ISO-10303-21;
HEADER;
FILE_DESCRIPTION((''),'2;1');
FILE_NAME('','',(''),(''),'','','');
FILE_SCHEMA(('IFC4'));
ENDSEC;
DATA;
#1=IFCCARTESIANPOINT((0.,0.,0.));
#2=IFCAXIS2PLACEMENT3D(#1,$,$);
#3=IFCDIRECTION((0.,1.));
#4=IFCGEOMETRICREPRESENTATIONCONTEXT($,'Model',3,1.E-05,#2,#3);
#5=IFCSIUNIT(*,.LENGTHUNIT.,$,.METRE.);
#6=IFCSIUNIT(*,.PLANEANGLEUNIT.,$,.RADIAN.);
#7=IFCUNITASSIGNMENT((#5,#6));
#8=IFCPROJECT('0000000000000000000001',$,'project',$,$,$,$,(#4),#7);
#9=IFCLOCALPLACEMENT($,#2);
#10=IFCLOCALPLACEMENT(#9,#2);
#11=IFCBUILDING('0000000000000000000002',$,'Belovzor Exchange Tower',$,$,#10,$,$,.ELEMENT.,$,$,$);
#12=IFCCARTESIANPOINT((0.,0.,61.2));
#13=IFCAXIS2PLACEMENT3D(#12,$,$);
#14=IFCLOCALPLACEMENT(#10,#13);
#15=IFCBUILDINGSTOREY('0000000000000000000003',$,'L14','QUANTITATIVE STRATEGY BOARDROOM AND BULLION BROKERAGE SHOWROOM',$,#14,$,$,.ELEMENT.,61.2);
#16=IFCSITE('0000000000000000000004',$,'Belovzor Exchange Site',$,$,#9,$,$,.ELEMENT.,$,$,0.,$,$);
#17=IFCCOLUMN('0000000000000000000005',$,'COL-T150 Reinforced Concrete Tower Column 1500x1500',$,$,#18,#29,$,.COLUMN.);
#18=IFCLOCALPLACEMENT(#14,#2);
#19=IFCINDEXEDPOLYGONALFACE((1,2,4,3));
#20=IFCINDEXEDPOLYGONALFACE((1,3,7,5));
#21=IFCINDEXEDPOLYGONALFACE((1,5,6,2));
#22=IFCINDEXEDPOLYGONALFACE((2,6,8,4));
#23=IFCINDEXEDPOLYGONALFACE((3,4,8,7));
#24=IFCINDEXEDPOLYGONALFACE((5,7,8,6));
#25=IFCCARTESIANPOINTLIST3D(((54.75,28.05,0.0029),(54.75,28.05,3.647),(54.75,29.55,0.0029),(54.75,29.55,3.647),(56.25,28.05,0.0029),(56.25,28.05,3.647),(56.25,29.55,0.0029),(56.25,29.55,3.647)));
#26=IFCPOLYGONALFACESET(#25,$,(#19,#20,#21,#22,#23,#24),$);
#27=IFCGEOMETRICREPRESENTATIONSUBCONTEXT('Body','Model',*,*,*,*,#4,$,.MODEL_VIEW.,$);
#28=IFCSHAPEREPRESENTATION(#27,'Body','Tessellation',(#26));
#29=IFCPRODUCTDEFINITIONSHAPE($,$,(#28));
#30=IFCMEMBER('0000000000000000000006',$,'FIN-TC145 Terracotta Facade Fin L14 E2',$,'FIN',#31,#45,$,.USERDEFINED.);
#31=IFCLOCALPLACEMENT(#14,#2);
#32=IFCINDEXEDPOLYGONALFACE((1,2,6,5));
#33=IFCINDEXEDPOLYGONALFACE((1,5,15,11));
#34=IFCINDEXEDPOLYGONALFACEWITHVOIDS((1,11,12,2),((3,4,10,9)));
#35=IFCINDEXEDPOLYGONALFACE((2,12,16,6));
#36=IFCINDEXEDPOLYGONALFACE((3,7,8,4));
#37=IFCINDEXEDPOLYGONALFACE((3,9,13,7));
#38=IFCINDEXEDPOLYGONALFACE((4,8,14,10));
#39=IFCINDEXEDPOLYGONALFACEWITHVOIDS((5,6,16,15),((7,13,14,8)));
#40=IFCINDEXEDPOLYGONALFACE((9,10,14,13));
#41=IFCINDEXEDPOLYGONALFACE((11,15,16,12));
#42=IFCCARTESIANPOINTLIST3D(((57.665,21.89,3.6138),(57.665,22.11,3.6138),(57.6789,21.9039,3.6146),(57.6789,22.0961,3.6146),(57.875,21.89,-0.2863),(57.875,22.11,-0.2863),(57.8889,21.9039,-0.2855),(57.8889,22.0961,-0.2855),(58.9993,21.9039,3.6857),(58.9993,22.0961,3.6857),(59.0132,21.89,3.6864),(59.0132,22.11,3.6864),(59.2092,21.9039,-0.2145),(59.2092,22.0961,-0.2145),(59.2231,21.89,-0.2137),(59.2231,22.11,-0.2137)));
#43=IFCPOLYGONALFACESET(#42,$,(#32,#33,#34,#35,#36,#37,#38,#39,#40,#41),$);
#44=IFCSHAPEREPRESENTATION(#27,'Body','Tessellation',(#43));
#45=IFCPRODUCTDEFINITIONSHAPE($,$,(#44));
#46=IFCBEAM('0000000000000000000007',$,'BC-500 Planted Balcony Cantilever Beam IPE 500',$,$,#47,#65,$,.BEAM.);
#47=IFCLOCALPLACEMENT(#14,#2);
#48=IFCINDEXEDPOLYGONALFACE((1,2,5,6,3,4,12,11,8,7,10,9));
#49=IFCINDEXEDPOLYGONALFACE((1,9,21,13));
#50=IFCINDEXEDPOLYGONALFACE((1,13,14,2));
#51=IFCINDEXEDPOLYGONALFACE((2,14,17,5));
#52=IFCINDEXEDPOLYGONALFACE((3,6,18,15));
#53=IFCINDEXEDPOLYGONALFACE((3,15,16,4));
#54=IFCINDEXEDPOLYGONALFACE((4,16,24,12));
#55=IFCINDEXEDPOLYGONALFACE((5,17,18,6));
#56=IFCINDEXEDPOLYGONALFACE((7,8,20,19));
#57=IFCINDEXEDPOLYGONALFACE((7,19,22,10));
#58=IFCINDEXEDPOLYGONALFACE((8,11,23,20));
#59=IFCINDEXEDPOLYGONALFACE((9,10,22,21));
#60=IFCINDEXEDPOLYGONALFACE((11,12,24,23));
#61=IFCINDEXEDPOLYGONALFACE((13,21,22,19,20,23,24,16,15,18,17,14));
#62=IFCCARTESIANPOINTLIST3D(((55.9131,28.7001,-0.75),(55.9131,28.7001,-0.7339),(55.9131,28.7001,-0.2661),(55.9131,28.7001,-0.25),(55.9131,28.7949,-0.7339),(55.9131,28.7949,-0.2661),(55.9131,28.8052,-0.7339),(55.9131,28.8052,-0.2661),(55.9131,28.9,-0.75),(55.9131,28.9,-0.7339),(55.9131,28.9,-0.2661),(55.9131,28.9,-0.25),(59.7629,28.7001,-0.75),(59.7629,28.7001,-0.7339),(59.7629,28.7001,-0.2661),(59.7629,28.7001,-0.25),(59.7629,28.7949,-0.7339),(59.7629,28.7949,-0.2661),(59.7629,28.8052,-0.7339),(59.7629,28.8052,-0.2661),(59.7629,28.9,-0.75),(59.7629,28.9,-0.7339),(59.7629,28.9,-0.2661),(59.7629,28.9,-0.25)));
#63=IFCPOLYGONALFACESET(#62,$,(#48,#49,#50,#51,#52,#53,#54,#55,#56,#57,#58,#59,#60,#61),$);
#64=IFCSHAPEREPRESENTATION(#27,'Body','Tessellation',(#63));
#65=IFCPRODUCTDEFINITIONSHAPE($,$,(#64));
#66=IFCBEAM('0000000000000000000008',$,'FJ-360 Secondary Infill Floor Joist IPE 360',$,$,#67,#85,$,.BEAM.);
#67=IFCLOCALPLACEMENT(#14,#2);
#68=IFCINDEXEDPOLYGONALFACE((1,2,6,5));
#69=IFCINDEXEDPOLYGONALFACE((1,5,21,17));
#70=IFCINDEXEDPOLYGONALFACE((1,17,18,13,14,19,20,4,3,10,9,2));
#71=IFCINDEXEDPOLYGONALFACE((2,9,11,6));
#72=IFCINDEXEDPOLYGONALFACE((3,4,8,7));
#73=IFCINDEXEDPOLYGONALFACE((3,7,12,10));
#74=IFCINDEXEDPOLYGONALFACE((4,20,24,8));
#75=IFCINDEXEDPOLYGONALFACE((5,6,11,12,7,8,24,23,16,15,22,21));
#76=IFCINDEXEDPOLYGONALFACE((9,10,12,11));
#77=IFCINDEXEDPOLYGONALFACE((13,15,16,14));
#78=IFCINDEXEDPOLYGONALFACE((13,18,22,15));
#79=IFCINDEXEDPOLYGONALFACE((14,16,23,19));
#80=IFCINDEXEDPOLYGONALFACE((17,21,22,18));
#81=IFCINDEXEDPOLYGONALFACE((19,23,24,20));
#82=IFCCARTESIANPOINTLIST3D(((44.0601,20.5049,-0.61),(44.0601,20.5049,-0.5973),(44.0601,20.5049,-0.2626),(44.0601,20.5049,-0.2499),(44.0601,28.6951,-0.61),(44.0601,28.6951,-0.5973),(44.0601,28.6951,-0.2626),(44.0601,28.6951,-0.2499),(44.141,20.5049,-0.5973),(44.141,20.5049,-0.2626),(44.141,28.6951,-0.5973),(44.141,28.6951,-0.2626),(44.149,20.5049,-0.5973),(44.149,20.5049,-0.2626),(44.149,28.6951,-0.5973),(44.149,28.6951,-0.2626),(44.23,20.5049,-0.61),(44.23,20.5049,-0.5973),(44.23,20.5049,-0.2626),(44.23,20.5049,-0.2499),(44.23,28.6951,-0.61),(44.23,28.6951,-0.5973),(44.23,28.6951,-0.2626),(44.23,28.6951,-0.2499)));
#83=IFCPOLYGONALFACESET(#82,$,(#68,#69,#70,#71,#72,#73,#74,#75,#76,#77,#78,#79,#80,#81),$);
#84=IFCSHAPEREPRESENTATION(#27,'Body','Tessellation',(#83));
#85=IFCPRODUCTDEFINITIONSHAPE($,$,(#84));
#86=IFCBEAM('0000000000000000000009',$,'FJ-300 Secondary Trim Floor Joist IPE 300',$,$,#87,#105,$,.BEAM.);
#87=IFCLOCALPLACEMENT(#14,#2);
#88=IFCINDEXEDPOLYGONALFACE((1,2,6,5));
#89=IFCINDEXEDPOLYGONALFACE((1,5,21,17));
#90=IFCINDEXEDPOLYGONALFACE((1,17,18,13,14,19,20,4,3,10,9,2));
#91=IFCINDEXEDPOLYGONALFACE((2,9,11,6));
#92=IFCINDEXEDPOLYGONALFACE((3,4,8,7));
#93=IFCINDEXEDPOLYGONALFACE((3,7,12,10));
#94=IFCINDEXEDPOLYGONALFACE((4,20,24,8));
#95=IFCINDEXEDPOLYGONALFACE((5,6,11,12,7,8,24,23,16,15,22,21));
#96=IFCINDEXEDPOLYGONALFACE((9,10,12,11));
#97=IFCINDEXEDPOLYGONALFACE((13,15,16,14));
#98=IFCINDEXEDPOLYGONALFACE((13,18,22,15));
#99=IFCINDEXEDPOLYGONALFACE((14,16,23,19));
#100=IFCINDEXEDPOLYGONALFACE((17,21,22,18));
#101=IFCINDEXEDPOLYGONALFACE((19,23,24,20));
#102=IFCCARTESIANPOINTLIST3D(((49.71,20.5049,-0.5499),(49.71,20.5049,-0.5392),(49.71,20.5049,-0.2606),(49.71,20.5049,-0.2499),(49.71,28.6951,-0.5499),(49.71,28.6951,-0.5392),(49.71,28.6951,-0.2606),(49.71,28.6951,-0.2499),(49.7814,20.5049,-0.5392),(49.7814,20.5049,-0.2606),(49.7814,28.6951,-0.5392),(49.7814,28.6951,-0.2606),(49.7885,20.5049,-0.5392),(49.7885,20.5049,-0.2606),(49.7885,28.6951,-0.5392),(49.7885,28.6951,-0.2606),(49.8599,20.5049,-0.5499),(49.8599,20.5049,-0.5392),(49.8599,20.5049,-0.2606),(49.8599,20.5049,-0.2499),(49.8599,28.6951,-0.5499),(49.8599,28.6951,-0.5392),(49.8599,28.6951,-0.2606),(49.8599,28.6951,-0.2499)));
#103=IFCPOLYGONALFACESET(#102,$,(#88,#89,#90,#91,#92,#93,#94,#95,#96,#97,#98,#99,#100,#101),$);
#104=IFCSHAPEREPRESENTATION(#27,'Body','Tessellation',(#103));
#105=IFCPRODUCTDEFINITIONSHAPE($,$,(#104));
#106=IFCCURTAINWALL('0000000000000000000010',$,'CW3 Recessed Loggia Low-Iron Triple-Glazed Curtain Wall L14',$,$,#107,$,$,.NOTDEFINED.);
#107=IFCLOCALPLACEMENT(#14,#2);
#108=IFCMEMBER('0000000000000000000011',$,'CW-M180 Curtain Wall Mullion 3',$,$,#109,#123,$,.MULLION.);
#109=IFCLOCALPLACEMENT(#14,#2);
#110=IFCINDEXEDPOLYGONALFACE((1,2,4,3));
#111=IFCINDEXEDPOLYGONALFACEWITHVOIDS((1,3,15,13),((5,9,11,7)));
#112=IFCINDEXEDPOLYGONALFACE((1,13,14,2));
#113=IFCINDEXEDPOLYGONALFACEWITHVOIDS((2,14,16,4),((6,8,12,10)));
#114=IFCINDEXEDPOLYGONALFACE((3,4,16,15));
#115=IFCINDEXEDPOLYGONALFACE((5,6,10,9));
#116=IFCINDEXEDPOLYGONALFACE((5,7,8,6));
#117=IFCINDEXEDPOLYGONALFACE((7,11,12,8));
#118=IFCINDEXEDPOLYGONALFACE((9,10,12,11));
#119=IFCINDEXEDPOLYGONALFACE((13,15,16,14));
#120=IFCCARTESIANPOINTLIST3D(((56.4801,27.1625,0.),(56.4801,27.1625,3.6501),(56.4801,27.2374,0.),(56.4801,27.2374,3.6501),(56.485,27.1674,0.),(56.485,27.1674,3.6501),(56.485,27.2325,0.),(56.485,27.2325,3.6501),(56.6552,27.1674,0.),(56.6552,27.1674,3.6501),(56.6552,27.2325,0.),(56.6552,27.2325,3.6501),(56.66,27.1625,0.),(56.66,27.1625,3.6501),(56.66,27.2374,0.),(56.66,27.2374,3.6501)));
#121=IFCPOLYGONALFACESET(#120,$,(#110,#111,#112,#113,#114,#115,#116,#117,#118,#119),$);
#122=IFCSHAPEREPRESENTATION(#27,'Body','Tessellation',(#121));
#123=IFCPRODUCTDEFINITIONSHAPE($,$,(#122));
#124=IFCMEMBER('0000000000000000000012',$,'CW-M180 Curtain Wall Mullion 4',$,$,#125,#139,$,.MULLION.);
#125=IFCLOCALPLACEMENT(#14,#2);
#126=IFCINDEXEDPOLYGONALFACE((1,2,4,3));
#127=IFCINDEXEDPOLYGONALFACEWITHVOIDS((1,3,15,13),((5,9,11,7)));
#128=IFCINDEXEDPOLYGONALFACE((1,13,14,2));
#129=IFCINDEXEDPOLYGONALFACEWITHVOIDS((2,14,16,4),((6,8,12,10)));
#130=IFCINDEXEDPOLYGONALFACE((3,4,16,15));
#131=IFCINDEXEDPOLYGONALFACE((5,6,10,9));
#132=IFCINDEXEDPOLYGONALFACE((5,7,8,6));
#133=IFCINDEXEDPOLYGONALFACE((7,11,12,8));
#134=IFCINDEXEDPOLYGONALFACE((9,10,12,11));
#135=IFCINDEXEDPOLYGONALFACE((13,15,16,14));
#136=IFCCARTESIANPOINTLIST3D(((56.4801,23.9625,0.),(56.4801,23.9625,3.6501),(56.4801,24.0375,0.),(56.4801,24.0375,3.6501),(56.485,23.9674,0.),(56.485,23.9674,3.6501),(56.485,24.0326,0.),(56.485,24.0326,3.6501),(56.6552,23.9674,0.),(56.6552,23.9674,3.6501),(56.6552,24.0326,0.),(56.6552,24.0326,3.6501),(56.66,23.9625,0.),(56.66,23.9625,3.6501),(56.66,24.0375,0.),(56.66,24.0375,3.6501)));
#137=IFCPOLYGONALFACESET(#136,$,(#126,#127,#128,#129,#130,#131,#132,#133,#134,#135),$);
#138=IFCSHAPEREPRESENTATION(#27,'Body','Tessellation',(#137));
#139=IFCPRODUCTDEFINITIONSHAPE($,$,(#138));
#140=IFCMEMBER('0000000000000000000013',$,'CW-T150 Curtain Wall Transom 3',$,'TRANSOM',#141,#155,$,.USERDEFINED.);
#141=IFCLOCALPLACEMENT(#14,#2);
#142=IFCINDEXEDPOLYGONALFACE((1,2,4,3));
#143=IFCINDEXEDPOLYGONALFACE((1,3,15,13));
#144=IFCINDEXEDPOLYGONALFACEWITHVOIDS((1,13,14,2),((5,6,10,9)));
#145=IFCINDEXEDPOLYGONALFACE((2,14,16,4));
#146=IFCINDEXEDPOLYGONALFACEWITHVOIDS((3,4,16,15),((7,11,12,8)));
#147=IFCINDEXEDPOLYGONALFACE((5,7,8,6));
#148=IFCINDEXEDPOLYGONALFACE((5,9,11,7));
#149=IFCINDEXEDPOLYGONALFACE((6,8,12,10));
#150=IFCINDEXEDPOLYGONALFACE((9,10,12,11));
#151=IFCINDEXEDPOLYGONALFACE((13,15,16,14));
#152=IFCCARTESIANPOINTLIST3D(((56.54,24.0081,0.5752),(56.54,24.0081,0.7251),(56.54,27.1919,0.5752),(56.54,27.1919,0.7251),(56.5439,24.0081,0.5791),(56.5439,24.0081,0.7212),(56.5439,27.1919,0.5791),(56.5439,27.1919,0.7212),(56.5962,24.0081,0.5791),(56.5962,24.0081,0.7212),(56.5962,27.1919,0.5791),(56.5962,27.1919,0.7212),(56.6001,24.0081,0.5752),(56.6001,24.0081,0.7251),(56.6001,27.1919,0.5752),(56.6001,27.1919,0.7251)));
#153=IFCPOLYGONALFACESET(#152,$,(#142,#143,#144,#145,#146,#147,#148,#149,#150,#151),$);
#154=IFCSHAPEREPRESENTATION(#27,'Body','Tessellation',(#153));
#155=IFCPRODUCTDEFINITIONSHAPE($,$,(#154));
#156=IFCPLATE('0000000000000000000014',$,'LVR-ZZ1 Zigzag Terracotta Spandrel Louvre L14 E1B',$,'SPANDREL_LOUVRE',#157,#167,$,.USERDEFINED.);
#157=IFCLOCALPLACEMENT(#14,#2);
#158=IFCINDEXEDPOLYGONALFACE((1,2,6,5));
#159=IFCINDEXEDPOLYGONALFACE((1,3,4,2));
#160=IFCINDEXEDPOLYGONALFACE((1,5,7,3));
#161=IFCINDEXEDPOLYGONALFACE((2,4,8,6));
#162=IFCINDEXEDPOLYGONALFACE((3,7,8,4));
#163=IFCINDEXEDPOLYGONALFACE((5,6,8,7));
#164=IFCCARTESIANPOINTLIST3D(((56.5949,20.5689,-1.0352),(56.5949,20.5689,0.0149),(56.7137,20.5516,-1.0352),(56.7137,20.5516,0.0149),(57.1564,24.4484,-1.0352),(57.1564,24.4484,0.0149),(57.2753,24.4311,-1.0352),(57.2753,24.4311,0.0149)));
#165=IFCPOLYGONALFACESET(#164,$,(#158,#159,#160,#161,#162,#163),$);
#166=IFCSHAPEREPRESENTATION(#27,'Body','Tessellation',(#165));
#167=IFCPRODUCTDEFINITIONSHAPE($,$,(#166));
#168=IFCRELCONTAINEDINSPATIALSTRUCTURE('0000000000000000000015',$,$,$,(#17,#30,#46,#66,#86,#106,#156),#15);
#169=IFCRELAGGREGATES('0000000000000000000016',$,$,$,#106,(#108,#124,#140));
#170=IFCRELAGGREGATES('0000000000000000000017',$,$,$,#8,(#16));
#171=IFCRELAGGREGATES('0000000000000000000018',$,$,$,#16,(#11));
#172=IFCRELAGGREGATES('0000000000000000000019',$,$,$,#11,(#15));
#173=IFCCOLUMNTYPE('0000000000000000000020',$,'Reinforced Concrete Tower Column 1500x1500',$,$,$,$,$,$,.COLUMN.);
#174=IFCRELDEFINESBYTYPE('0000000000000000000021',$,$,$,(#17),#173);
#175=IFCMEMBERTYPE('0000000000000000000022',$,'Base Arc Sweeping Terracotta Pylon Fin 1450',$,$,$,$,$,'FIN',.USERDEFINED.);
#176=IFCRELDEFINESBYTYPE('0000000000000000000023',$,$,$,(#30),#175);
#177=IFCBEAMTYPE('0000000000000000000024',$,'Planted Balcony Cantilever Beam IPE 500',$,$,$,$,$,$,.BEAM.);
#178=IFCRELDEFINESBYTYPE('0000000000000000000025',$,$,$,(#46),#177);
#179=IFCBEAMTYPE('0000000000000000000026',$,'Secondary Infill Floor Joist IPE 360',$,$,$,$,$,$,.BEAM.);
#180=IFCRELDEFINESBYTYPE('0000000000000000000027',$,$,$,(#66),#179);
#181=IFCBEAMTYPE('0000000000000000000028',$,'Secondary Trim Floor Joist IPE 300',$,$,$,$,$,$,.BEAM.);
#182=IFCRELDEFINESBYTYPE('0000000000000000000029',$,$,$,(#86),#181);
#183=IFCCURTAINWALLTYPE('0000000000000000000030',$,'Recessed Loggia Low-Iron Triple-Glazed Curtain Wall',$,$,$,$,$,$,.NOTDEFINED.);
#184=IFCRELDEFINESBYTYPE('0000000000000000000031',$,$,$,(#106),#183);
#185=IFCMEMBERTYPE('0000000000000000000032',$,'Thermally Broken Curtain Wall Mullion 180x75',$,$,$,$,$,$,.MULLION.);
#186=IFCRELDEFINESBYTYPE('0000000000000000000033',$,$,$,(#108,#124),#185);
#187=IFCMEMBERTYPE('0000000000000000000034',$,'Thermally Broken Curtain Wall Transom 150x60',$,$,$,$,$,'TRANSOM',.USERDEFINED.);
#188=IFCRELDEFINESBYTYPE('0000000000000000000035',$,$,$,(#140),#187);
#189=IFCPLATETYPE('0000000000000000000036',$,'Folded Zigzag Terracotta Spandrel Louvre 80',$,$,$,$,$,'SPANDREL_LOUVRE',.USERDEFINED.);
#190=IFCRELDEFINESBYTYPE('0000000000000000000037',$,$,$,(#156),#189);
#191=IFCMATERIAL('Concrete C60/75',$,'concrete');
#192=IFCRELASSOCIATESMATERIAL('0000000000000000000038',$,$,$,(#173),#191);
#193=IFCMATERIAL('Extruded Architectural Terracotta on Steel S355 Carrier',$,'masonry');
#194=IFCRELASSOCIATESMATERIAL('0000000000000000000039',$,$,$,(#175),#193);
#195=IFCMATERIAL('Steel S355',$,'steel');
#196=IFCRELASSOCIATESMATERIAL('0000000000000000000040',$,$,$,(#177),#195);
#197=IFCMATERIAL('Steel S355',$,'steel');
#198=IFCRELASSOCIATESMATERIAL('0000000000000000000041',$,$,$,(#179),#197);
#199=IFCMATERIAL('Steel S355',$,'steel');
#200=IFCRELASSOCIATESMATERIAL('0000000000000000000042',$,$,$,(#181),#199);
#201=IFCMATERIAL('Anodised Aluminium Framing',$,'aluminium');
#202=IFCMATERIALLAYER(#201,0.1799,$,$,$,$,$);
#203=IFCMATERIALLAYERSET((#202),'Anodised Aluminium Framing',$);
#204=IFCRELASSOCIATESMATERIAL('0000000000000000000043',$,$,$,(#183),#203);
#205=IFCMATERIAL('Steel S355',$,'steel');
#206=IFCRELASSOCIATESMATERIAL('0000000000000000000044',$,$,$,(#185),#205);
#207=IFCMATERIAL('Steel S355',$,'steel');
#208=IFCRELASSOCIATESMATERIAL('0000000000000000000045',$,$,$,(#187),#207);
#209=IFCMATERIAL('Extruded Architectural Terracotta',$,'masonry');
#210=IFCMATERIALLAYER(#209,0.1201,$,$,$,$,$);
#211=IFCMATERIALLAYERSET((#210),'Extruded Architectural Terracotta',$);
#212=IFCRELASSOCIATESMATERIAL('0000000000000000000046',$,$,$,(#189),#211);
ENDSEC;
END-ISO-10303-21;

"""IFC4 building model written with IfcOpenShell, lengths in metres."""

from ifc_helpers import new_model, si_unit, direction, frame, origin, origin_2d, place, context, subcontext, project, spatial, rectangle, hollow_rectangle, i_section, extrude, material, layer, layer_set, material_profile, profile_set, type_object, element, aggregate, save


model = new_model("IFC4")

# Units and contexts
model_context = context("Model", 3, precision=1e-05, world=origin(), true_north=direction((0.0, 1.0)))
body_context = subcontext(model_context, "Body", "Model", "MODEL_VIEW")
ifc_project = project(units=[si_unit("LENGTHUNIT", "METRE"), si_unit("PLANEANGLEUNIT", "RADIAN")], contexts=[model_context])

# Site, building, storey
site_placement = place(None, origin())
site = spatial("IfcSite", under=ifc_project, at=site_placement, Name="Belovzor Exchange Site", CompositionType="ELEMENT", RefElevation=0.0)
building_placement = place(site_placement, origin())
building = spatial("IfcBuilding", under=site, at=building_placement, Name="Belovzor Exchange Tower", CompositionType="ELEMENT")
storey_placement = place(building_placement, frame((0.0, 0.0, 61.2)))
storey = spatial("IfcBuildingStorey", under=building, at=storey_placement, Name="L14", Description="QUANTITATIVE STRATEGY BOARDROOM AND BULLION BROKERAGE SHOWROOM", CompositionType="ELEMENT", Elevation=61.2)

# Column
ifc_material_1 = material(Name="Concrete C60/75", Category="concrete")
ifc_material_profile_1 = material_profile(ifc_material_1, rectangle(XDim=1.5, YDim=1.5, at=origin_2d()))
ifc_profile_set_1 = profile_set([ifc_material_profile_1], Name="Concrete C60/75")
column_type = type_object("IfcColumnType", Name="Reinforced Concrete Tower Column 1500x1500", PredefinedType="COLUMN", material=ifc_profile_set_1)
column_placement = place(storey_placement, frame((55.5, 28.8, 0.0029), z_axis=(0.0, 0.0, 1.0), x_axis=(1.0, 0.0, 0.0)))
element("IfcColumn", 1, at=column_placement, inside=storey, type_object=column_type, Name="COL-T150 Reinforced Concrete Tower Column 1500x1500", PredefinedType="COLUMN", context=body_context, shape_type="SweptSolid", body=[
    extrude(rectangle(XDim=1.5, YDim=1.5, at=origin_2d()), origin(), (0.0, 0.0, 1.0), 3.644),
])

# Member
ifc_material_2 = material(Name="Extruded Architectural Terracotta on Steel S355 Carrier", Category="masonry")
ifc_material_profile_2 = material_profile(ifc_material_2, hollow_rectangle(XDim=0.22, YDim=1.3501, WallThickness=0.0139, at=origin_2d()))
ifc_profile_set_2 = profile_set([ifc_material_profile_2], Name="Extruded Architectural Terracotta on Steel S355 Carrier")
member_type_1 = type_object("IfcMemberType", Name="Base Arc Sweeping Terracotta Pylon Fin 1450", ElementType="FIN", PredefinedType="USERDEFINED", material=ifc_profile_set_2)
member_1_placement = place(storey_placement, frame((58.5491, 22.0, -0.25), z_axis=(-0.053756, 0.0, 0.998554), x_axis=(0.0, -1.0, 0.0)))
element("IfcMember", 2, at=member_1_placement, inside=storey, type_object=member_type_1, Name="FIN-TC145 Terracotta Facade Fin L14 E2", ObjectType="FIN", PredefinedType="USERDEFINED", context=body_context, shape_type="SweptSolid", body=[
    extrude(hollow_rectangle(XDim=0.22, YDim=1.3501, WallThickness=0.0139, at=origin_2d()), origin(), (0.0, 0.0, 1.0), 3.9058),
])

# Beams
ifc_material_3 = material(Name="Steel S355", Category="steel")
ifc_material_profile_3 = material_profile(ifc_material_3, i_section(OverallWidth=0.2, OverallDepth=0.5, WebThickness=0.0103, FlangeThickness=0.0161, at=origin_2d()))
ifc_profile_set_3 = profile_set([ifc_material_profile_3], Name="Steel S355")
beam_type_1 = type_object("IfcBeamType", Name="Planted Balcony Cantilever Beam IPE 500", PredefinedType="BEAM", material=ifc_profile_set_3)
beam_1_placement = place(storey_placement, frame((55.9131, 28.8, -0.5), z_axis=(1.0, 0.0, 0.0), x_axis=(0.0, 1.0, 0.0)))
element("IfcBeam", 3, at=beam_1_placement, inside=storey, type_object=beam_type_1, Name="BC-500 Planted Balcony Cantilever Beam IPE 500", PredefinedType="BEAM", context=body_context, shape_type="SweptSolid", body=[
    extrude(i_section(OverallWidth=0.2, OverallDepth=0.5, WebThickness=0.0103, FlangeThickness=0.0161, at=origin_2d()), origin(), (0.0, 0.0, 1.0), 3.8499),
])
ifc_material_4 = material(Name="Steel S355", Category="steel")
ifc_material_profile_4 = material_profile(ifc_material_4, i_section(OverallWidth=0.1699, OverallDepth=0.3601, WebThickness=0.0081, FlangeThickness=0.0127, at=origin_2d()))
ifc_profile_set_4 = profile_set([ifc_material_profile_4], Name="Steel S355")
beam_type_2 = type_object("IfcBeamType", Name="Secondary Infill Floor Joist IPE 360", PredefinedType="BEAM", material=ifc_profile_set_4)
beam_2_placement = place(storey_placement, frame((44.145, 20.5049, -0.4299), z_axis=(0.0, 1.0, 0.0), x_axis=(-1.0, 0.0, 0.0)))
element("IfcBeam", 4, at=beam_2_placement, inside=storey, type_object=beam_type_2, Name="FJ-360 Secondary Infill Floor Joist IPE 360", PredefinedType="BEAM", context=body_context, shape_type="SweptSolid", body=[
    extrude(i_section(OverallWidth=0.1699, OverallDepth=0.3601, WebThickness=0.0081, FlangeThickness=0.0127, at=origin_2d()), origin(), (0.0, 0.0, 1.0), 8.1902),
])
ifc_material_5 = material(Name="Steel S355", Category="steel")
ifc_material_profile_5 = material_profile(ifc_material_5, i_section(OverallWidth=0.1499, OverallDepth=0.3, WebThickness=0.0071, FlangeThickness=0.0107, at=origin_2d()))
ifc_profile_set_5 = profile_set([ifc_material_profile_5], Name="Steel S355")
beam_type_3 = type_object("IfcBeamType", Name="Secondary Trim Floor Joist IPE 300", PredefinedType="BEAM", material=ifc_profile_set_5)
beam_3_placement = place(storey_placement, frame((49.7849, 20.5049, -0.3999), z_axis=(0.0, 1.0, 0.0), x_axis=(-1.0, 0.0, 0.0)))
element("IfcBeam", 5, at=beam_3_placement, inside=storey, type_object=beam_type_3, Name="FJ-300 Secondary Trim Floor Joist IPE 300", PredefinedType="BEAM", context=body_context, shape_type="SweptSolid", body=[
    extrude(i_section(OverallWidth=0.1499, OverallDepth=0.3, WebThickness=0.0071, FlangeThickness=0.0107, at=origin_2d()), origin(), (0.0, 0.0, 1.0), 8.1902),
])

# Curtain wall, members
ifc_material_6 = material(Name="Anodised Aluminium Framing", Category="aluminium")
ifc_layer_1 = layer(ifc_material_6, 0.1799)
ifc_layer_set_1 = layer_set([ifc_layer_1], Name="Anodised Aluminium Framing")
curtain_wall_type = type_object("IfcCurtainWallType", Name="Recessed Loggia Low-Iron Triple-Glazed Curtain Wall", PredefinedType="NOTDEFINED", material=ifc_layer_set_1)
curtain_wall_placement = place(storey_placement, origin())
curtain_wall = element("IfcCurtainWall", 6, at=curtain_wall_placement, inside=storey, type_object=curtain_wall_type, Name="CW3 Recessed Loggia Low-Iron Triple-Glazed Curtain Wall L14", PredefinedType="NOTDEFINED")
ifc_material_7 = material(Name="Steel S355", Category="steel")
ifc_material_profile_6 = material_profile(ifc_material_7, hollow_rectangle(XDim=0.075, YDim=0.1799, WallThickness=0.0049, at=origin_2d()))
ifc_profile_set_6 = profile_set([ifc_material_profile_6], Name="Steel S355")
member_type_2 = type_object("IfcMemberType", Name="Thermally Broken Curtain Wall Mullion 180x75", PredefinedType="MULLION", material=ifc_profile_set_6)
member_2_placement = place(storey_placement, frame((56.5701, 27.2, 0.0), z_axis=(0.0, 0.0, 1.0), x_axis=(0.0, -1.0, 0.0)))
member_2 = element("IfcMember", 7, at=member_2_placement, type_object=member_type_2, Name="CW-M180 Curtain Wall Mullion 3", PredefinedType="MULLION", context=body_context, shape_type="SweptSolid", body=[
    extrude(hollow_rectangle(XDim=0.075, YDim=0.1799, WallThickness=0.0049, at=origin_2d()), origin(), (0.0, 0.0, 1.0), 3.6501),
])
member_3_placement = place(storey_placement, frame((56.5701, 24.0, 0.0), z_axis=(0.0, 0.0, 1.0), x_axis=(0.0, -1.0, 0.0)))
member_3 = element("IfcMember", 8, at=member_3_placement, type_object=member_type_2, Name="CW-M180 Curtain Wall Mullion 4", PredefinedType="MULLION", context=body_context, shape_type="SweptSolid", body=[
    extrude(hollow_rectangle(XDim=0.075, YDim=0.1799, WallThickness=0.0049, at=origin_2d()), origin(), (0.0, 0.0, 1.0), 3.6501),
])
ifc_material_8 = material(Name="Steel S355", Category="steel")
ifc_material_profile_7 = material_profile(ifc_material_8, hollow_rectangle(XDim=0.0601, YDim=0.1499, WallThickness=0.0039, at=origin_2d()))
ifc_profile_set_7 = profile_set([ifc_material_profile_7], Name="Steel S355")
member_type_3 = type_object("IfcMemberType", Name="Thermally Broken Curtain Wall Transom 150x60", ElementType="TRANSOM", PredefinedType="USERDEFINED", material=ifc_profile_set_7)
member_4_placement = place(storey_placement, frame((56.5701, 27.1919, 0.6501), z_axis=(0.0, -1.0, 0.0), x_axis=(1.0, 0.0, 0.0)))
member_4 = element("IfcMember", 9, at=member_4_placement, type_object=member_type_3, Name="CW-T150 Curtain Wall Transom 3", ObjectType="TRANSOM", PredefinedType="USERDEFINED", context=body_context, shape_type="SweptSolid", body=[
    extrude(hollow_rectangle(XDim=0.0601, YDim=0.1499, WallThickness=0.0039, at=origin_2d()), origin(), (0.0, 0.0, 1.0), 3.1838),
])

# Plate
ifc_material_9 = material(Name="Extruded Architectural Terracotta", Category="masonry")
ifc_layer_2 = layer(ifc_material_9, 0.1201)
ifc_layer_set_2 = layer_set([ifc_layer_2], Name="Extruded Architectural Terracotta")
plate_type_1 = type_object("IfcPlateType", Name="Folded Zigzag Terracotta Spandrel Louvre 80", ElementType="SPANDREL_LOUVRE", PredefinedType="USERDEFINED", material=ifc_layer_set_2)
plate_1_placement = place(storey_placement, frame((56.9351, 22.5, -1.0352), z_axis=(0.0, 0.0, 1.0), x_axis=(0.143251, 0.989686, 0.0)))
element("IfcPlate", 10, at=plate_1_placement, inside=storey, type_object=plate_type_1, Name="LVR-ZZ1 Zigzag Terracotta Spandrel Louvre L14 E1B", ObjectType="SPANDREL_LOUVRE", PredefinedType="USERDEFINED", context=body_context, shape_type="SweptSolid", body=[
    extrude(rectangle(XDim=3.9199, YDim=0.1201, at=origin_2d()), origin(), (0.0, 0.0, 1.0), 1.05),
])
aggregate(curtain_wall, [member_2, member_3, member_4])

save(model, "model.ifc")
